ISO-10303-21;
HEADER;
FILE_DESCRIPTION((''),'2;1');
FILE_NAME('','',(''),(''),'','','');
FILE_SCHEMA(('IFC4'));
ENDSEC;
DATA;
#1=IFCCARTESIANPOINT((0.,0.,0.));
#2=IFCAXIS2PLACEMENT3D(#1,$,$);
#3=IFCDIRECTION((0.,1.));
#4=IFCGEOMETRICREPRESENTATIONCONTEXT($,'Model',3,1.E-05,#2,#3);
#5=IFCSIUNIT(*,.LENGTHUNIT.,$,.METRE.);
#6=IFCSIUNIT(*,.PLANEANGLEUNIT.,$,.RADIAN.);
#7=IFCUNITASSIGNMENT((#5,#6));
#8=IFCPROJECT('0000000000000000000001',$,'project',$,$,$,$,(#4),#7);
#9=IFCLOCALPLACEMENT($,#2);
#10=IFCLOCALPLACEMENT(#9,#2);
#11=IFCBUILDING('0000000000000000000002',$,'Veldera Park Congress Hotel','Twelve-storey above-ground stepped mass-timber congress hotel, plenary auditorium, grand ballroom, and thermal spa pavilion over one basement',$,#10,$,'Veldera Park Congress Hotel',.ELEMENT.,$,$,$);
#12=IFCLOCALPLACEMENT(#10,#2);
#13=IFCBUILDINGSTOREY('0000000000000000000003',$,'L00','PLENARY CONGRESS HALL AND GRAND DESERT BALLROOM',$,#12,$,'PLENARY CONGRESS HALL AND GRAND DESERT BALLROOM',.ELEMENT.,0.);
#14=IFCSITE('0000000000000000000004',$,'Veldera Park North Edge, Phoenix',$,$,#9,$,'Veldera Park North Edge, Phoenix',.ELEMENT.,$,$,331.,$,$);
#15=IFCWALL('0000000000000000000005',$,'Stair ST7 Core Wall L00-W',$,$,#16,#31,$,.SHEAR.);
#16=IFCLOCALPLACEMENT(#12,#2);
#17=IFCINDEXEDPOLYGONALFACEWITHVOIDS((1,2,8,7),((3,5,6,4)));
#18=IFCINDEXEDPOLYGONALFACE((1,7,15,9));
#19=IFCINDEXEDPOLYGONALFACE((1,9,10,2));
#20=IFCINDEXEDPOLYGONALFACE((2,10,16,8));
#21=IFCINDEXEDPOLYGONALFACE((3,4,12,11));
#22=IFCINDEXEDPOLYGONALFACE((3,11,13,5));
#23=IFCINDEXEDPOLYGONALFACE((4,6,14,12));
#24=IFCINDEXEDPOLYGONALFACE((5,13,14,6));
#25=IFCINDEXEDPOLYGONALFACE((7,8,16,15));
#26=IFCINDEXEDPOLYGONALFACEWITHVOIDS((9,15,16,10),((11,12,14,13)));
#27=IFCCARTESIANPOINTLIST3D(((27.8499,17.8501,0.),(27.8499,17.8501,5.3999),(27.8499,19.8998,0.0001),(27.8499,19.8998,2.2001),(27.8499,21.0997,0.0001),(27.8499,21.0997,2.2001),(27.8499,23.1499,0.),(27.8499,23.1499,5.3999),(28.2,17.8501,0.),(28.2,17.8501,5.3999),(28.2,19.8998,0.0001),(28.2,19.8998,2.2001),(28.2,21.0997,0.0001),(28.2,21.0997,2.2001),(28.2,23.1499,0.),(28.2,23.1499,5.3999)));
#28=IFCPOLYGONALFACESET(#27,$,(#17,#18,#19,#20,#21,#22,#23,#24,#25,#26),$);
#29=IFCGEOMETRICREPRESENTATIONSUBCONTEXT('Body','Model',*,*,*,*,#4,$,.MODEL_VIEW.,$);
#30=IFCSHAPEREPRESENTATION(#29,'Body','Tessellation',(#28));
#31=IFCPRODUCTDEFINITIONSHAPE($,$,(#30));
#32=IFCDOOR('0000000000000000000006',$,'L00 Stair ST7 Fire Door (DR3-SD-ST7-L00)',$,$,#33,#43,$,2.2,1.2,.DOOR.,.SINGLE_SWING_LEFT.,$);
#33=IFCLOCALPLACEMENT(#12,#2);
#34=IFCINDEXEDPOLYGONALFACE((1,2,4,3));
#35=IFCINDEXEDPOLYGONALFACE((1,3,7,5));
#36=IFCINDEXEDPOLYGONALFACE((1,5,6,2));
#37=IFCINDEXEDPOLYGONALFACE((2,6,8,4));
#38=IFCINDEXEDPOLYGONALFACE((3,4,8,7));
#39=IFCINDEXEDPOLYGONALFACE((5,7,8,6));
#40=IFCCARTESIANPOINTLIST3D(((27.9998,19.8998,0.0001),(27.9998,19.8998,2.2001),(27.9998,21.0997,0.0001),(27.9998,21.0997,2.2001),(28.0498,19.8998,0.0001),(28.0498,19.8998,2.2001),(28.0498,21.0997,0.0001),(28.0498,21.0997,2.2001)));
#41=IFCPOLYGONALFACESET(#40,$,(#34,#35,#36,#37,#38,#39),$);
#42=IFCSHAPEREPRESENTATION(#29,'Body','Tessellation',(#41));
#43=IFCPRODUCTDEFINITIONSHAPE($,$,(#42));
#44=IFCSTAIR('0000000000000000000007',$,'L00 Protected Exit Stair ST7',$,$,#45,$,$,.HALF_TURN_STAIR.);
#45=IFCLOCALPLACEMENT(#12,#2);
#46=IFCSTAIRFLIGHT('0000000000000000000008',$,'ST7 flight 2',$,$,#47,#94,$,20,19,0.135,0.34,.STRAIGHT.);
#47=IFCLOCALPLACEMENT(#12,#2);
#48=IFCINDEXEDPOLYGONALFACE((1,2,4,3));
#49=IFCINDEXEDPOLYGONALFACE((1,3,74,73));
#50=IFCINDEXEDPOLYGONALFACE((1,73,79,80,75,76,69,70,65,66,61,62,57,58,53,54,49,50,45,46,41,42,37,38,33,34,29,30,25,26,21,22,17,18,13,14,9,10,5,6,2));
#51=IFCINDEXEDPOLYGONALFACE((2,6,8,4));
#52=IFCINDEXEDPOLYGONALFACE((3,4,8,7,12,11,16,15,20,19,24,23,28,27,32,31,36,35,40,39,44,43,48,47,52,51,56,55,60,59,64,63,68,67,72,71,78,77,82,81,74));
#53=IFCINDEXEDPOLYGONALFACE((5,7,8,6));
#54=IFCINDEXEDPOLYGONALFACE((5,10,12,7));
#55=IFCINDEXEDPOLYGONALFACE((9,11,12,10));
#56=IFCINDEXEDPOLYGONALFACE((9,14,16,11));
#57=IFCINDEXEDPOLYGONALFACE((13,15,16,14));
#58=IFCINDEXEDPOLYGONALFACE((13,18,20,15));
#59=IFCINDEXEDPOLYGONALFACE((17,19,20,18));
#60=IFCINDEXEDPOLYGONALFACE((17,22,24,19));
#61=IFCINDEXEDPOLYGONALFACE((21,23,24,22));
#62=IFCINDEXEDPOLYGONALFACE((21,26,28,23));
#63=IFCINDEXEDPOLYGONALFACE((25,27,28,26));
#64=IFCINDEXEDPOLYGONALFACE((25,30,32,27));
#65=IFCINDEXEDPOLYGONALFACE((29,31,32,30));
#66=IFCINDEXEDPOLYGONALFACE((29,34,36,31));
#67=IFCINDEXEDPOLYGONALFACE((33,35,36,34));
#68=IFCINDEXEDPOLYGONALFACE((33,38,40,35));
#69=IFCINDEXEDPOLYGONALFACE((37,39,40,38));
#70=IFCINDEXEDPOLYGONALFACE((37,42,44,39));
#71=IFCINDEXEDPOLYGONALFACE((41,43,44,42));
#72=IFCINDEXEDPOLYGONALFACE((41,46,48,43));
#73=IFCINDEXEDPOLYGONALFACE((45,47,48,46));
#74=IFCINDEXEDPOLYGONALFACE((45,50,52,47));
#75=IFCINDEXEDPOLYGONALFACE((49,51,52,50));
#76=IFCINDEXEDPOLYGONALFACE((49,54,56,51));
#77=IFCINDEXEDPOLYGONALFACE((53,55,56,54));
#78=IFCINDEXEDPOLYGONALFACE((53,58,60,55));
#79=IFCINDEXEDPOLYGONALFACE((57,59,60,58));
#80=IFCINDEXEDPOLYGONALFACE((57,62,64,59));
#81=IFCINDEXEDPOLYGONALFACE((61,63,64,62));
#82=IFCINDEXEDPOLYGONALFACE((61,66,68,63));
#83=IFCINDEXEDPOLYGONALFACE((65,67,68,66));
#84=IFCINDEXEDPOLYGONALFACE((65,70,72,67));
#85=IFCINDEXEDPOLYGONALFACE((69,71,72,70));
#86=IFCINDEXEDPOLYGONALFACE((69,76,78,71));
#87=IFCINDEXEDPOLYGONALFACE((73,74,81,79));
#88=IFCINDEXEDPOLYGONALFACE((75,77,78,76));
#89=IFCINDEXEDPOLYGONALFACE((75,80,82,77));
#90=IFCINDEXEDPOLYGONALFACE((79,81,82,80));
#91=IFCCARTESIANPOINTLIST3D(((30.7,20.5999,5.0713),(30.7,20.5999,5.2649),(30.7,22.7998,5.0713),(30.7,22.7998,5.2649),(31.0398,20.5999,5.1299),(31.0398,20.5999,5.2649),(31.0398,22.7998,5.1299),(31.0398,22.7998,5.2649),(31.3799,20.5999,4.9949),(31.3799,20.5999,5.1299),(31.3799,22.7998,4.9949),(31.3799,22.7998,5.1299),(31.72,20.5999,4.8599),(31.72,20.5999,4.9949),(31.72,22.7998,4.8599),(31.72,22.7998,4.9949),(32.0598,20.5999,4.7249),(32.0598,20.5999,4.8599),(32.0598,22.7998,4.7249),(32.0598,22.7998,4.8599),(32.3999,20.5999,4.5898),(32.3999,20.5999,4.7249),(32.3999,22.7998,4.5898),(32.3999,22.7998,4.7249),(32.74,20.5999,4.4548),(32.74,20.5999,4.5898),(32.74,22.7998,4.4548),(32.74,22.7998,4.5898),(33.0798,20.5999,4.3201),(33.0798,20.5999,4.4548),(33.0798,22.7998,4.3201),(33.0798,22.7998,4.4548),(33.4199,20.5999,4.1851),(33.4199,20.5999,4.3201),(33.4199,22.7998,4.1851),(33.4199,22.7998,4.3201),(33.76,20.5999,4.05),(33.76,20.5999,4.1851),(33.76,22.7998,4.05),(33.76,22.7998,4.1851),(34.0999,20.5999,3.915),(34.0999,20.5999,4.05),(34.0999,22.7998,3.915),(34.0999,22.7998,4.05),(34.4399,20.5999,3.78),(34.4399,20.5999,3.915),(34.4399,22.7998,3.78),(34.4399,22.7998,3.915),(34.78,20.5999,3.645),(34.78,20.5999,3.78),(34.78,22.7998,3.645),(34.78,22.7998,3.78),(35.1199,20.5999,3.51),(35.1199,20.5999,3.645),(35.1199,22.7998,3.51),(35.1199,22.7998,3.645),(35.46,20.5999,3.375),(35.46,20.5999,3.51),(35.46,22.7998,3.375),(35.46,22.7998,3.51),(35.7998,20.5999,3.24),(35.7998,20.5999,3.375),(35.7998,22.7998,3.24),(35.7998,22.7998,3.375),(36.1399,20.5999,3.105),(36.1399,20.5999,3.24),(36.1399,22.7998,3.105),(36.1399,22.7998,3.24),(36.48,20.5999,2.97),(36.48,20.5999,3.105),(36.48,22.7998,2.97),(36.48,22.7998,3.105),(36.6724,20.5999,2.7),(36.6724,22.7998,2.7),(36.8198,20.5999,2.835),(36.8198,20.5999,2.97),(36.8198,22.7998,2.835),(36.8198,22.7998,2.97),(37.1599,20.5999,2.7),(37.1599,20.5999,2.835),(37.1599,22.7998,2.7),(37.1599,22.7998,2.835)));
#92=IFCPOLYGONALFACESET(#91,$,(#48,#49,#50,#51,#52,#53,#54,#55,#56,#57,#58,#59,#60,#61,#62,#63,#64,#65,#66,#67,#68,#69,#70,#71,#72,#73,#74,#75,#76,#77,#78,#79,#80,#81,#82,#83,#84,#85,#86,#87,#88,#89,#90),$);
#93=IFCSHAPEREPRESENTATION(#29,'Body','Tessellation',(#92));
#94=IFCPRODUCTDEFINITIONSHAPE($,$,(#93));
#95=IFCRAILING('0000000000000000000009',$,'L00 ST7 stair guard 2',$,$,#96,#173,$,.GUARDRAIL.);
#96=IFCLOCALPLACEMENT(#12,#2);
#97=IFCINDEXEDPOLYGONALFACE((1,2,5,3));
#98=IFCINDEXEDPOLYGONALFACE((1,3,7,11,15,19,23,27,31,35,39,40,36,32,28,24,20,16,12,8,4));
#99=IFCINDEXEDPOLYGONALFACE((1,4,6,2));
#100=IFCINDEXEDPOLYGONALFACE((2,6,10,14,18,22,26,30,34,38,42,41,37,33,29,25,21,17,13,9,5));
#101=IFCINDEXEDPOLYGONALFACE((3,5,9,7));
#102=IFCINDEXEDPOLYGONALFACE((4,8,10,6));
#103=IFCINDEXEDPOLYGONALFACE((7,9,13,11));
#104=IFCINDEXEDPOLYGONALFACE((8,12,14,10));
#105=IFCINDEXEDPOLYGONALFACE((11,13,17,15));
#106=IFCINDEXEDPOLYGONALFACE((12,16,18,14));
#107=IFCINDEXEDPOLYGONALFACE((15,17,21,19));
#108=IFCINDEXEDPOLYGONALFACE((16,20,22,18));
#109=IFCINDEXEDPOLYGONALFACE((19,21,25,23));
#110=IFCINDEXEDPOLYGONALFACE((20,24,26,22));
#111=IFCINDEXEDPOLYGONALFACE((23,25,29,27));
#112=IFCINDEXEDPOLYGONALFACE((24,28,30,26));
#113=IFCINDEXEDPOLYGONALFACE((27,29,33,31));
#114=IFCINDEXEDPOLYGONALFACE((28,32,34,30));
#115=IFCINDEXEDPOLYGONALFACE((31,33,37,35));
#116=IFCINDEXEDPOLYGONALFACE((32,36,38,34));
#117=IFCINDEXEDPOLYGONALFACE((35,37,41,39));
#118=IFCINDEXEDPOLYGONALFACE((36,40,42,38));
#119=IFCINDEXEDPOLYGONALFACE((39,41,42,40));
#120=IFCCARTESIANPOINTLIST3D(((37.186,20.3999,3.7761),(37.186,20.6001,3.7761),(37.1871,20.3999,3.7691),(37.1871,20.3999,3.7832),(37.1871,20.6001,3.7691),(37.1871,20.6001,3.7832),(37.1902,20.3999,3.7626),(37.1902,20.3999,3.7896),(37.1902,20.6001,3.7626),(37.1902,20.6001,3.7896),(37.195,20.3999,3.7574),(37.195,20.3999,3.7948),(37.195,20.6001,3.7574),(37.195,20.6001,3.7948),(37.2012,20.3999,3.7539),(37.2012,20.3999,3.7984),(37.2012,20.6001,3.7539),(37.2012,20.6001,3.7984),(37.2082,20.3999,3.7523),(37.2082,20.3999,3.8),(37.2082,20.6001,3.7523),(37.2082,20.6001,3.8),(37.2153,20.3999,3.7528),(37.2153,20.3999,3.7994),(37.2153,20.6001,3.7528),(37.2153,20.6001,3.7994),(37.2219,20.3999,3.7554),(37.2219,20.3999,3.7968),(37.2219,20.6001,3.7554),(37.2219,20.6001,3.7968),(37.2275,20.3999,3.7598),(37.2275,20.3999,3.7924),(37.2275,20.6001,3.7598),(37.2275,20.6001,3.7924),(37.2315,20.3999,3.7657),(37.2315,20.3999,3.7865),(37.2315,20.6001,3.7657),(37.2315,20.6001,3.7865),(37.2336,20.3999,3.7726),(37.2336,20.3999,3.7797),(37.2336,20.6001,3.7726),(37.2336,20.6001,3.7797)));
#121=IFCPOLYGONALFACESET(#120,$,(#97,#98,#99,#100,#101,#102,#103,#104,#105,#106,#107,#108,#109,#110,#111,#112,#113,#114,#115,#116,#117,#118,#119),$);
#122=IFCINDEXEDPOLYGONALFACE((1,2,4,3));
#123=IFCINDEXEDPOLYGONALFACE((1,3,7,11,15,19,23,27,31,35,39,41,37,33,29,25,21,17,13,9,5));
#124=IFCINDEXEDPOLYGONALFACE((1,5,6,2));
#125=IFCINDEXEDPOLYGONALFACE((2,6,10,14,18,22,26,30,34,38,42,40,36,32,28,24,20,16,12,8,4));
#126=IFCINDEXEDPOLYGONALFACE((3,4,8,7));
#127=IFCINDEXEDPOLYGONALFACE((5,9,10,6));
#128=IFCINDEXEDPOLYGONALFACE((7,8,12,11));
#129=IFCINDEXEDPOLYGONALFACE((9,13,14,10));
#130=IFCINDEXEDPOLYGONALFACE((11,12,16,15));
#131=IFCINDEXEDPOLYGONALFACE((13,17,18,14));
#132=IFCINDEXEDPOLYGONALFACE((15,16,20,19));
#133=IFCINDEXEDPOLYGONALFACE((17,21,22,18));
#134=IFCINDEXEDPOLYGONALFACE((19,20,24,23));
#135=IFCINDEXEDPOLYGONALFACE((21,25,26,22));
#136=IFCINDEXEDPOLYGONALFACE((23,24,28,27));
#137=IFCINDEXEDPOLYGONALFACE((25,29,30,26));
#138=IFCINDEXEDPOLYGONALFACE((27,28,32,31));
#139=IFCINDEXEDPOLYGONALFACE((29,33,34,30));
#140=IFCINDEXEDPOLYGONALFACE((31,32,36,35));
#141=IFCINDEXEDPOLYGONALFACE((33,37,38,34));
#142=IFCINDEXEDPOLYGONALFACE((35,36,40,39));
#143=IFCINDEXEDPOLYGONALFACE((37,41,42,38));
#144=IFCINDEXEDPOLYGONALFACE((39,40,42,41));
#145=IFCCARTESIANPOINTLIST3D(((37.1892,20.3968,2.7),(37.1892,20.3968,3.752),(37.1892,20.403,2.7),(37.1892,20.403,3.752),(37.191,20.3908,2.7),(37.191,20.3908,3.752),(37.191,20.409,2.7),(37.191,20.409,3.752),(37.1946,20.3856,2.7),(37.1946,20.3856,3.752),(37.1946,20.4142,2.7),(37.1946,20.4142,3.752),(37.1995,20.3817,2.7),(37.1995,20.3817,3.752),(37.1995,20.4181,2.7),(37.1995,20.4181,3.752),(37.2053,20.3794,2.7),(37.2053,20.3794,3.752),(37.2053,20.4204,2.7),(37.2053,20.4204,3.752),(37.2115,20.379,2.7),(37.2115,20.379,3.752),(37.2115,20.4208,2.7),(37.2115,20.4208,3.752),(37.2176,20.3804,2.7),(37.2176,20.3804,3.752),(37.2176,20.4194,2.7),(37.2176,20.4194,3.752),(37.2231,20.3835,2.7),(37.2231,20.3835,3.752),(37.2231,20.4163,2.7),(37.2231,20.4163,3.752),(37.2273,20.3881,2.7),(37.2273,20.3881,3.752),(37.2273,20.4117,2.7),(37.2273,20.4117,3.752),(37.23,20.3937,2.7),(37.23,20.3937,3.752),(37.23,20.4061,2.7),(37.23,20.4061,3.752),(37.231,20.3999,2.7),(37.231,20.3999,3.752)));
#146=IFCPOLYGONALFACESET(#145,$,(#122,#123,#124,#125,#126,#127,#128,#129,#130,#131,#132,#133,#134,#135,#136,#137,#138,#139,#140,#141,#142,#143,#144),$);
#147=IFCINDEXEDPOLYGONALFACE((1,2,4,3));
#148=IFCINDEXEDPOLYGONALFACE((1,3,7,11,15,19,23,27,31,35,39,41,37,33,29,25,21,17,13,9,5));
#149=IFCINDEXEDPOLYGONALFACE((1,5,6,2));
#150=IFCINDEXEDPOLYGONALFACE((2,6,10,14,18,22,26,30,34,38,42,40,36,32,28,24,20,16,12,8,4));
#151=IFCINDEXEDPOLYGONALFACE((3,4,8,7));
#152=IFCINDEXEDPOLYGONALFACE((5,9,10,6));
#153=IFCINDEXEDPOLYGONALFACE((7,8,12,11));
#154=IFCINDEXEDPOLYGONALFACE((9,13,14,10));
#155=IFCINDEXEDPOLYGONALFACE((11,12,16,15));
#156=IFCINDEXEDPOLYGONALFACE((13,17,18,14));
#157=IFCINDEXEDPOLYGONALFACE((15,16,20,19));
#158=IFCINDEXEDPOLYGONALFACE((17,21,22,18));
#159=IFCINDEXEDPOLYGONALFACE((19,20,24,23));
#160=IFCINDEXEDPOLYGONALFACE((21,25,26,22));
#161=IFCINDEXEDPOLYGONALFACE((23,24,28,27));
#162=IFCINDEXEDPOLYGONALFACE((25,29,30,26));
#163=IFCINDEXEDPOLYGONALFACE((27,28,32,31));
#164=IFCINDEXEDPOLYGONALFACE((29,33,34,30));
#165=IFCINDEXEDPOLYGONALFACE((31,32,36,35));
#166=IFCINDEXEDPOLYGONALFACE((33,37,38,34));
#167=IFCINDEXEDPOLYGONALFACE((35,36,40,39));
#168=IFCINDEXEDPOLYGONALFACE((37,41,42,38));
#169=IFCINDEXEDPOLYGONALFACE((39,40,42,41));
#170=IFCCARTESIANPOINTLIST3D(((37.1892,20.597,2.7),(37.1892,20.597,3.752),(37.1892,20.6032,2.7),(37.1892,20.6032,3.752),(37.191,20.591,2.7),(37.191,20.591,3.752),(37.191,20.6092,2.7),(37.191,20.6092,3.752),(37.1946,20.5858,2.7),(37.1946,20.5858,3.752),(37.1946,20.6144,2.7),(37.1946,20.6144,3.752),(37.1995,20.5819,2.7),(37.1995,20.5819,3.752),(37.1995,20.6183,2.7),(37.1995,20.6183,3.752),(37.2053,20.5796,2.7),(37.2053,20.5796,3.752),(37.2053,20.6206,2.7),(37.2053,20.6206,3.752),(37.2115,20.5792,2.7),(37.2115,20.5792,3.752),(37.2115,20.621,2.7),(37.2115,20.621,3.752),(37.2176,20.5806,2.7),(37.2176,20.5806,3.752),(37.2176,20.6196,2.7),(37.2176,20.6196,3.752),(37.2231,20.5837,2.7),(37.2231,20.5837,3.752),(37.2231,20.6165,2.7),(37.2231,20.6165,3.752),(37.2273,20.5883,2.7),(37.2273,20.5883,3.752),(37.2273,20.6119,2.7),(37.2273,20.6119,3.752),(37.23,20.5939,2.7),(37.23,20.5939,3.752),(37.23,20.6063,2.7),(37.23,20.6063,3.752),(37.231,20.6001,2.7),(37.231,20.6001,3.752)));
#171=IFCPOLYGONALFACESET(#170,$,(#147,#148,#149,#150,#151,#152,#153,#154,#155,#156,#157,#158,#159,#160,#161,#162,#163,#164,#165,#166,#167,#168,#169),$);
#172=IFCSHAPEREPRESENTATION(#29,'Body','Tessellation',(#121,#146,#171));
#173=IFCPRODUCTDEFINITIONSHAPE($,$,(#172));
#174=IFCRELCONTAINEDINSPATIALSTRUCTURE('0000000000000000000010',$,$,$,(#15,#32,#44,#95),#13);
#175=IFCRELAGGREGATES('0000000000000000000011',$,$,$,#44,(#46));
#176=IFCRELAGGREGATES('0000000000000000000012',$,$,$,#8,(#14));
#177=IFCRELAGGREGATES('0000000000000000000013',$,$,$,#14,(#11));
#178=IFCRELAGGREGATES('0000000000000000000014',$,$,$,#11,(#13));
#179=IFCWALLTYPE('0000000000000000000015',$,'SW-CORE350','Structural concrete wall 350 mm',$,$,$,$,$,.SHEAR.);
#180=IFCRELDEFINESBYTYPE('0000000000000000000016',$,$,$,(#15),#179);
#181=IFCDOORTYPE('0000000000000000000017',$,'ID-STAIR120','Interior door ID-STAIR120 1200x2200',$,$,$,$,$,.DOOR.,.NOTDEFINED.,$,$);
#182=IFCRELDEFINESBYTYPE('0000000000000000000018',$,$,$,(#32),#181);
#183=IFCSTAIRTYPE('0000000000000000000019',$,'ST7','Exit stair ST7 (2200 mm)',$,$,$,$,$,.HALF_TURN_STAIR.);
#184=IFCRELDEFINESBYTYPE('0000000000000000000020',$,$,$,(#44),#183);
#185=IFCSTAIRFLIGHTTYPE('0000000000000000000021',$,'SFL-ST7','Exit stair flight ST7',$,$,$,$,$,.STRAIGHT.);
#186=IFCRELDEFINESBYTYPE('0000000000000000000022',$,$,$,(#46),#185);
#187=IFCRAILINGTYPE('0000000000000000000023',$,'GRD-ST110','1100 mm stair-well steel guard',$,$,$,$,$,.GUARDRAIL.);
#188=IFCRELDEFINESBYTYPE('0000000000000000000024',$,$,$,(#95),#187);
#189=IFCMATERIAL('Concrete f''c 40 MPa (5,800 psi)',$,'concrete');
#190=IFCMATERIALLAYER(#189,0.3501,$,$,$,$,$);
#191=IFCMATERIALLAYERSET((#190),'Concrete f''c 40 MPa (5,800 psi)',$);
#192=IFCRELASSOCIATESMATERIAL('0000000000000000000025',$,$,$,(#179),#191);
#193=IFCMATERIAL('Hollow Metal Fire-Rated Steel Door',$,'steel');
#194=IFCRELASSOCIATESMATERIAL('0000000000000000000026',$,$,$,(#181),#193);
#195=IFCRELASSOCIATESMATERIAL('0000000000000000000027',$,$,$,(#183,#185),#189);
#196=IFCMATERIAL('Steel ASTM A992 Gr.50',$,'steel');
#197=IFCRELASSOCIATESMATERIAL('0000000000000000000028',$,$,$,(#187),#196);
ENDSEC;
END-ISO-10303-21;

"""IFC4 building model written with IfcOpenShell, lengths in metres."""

from ifc_helpers import new_model, si_unit, direction, frame, frame_2d, origin, origin_2d, place, context, subcontext, project, spatial, polyline, rectangle, circle, outline, extrude, material, layer, layer_set, type_object, element, fill, aggregate, save


model = new_model("IFC4")

# Units and contexts
model_context = context("Model", 3, precision=1e-05, world=origin(), true_north=direction((0.0, 1.0)))
body_context = subcontext(model_context, "Body", "Model", "MODEL_VIEW")
ifc_project = project(units=[si_unit("LENGTHUNIT", "METRE"), si_unit("PLANEANGLEUNIT", "RADIAN")], contexts=[model_context])

# Site, building, storey
site_placement = place(None, origin())
site = spatial("IfcSite", under=ifc_project, at=site_placement, Name="Veldera Park North Edge, Phoenix", LongName="Veldera Park North Edge, Phoenix", CompositionType="ELEMENT", RefElevation=331.0)
building_placement = place(site_placement, origin())
building = spatial("IfcBuilding", under=site, at=building_placement, Name="Veldera Park Congress Hotel", Description="Twelve-storey above-ground stepped mass-timber congress hotel, plenary auditorium, grand ballroom, and thermal spa pavilion over one basement", LongName="Veldera Park Congress Hotel", CompositionType="ELEMENT")
storey_placement = place(building_placement, origin())
storey = spatial("IfcBuildingStorey", under=building, at=storey_placement, Name="L00", Description="PLENARY CONGRESS HALL AND GRAND DESERT BALLROOM", LongName="PLENARY CONGRESS HALL AND GRAND DESERT BALLROOM", CompositionType="ELEMENT", Elevation=0.0)

# Shared definitions
ifc_material_1 = material(Name="Steel ASTM A992 Gr.50", Category="steel")

# Shared definitions
ifc_material_2 = material(Name="Concrete f'c 40 MPa (5,800 psi)", Category="concrete")

# Shared definitions
ifc_layer_1 = layer(ifc_material_2, 0.3501)
ifc_layer_set_1 = layer_set([ifc_layer_1], Name="Concrete f'c 40 MPa (5,800 psi)")
wall_type_1 = type_object("IfcWallType", Name="SW-CORE350", Description="Structural concrete wall 350 mm", PredefinedType="SHEAR", material=ifc_layer_set_1)

# Wall, opening, door
wall_1_placement = place(storey_placement, frame((28.0249, 23.1499, 0.0), z_axis=(0.0, 0.0, 1.0), x_axis=(0.0, -1.0, 0.0)))
wall_1 = element("IfcWall", 1, at=wall_1_placement, inside=storey, type_object=wall_type_1, Name="Stair ST7 Core Wall L00-W", PredefinedType="SHEAR", context=body_context, shape_type="SweptSolid", body=[
    extrude(rectangle(XDim=5.2998, YDim=0.3501, at=frame_2d((2.6499, 0.0))), origin(), (0.0, 0.0, 1.0), 5.3999),
])
opening_1_placement = place(wall_1_placement, frame((2.05, 0.0, 0.0)))
opening_1 = element("IfcOpeningElement", 2, at=opening_1_placement, cuts=wall_1, PredefinedType="OPENING", context=body_context, shape_type="SweptSolid", body=[
    extrude(rectangle(XDim=1.2, YDim=2.2, at=frame_2d((0.6001, 1.1001))), frame((0.0, 0.187, 0.0), z_axis=(0.0, -1.0, 0.0), x_axis=(1.0, 0.0, 0.0)), (0.0, 0.0, 1.0), 0.374),
])
ifc_material_3 = material(Name="Hollow Metal Fire-Rated Steel Door", Category="steel")
door_type_1 = type_object("IfcDoorType", Name="ID-STAIR120", Description="Interior door ID-STAIR120 1200x2200", OperationType="NOTDEFINED", PredefinedType="DOOR", material=ifc_material_3)
door_1_placement = place(opening_1_placement, origin())
door_1 = element("IfcDoor", 3, at=door_1_placement, inside=storey, type_object=door_type_1, Name="L00 Stair ST7 Fire Door (DR3-SD-ST7-L00)", OperationType="SINGLE_SWING_LEFT", OverallHeight=2.2, OverallWidth=1.2, PredefinedType="DOOR", context=body_context, shape_type="SweptSolid", body=[
    extrude(rectangle(XDim=1.2, YDim=2.2, at=frame_2d((0.6001, 1.1001))), frame((0.0, 0.0249, 0.0), z_axis=(0.0, -1.0, 0.0), x_axis=(1.0, 0.0, 0.0)), (0.0, 0.0, 1.0), 0.05),
])
fill(opening_1, door_1)

# Stair, stair flight
stair_type = type_object("IfcStairType", Name="ST7", Description="Exit stair ST7 (2200 mm)", PredefinedType="HALF_TURN_STAIR", material=ifc_material_2)
stair_placement = place(storey_placement, origin())
stair = element("IfcStair", 4, at=stair_placement, inside=storey, type_object=stair_type, Name="L00 Protected Exit Stair ST7", PredefinedType="HALF_TURN_STAIR")
stair_flight_type = type_object("IfcStairFlightType", Name="SFL-ST7", Description="Exit stair flight ST7", PredefinedType="STRAIGHT", material=ifc_material_2)
stair_flight_placement = place(storey_placement, frame((37.1599, 21.7, 2.7), z_axis=(0.0, 0.0, 1.0), x_axis=(-1.0, 0.0, 0.0)))
stair_flight = element("IfcStairFlight", 5, at=stair_flight_placement, type_object=stair_flight_type, Name="ST7 flight 2", NumberOfRisers=20, NumberOfTreads=19, PredefinedType="STRAIGHT", RiserHeight=0.135, TreadLength=0.34, context=body_context, shape_type="SweptSolid", body=[
    extrude(outline(polyline([(0.0, 0.0), (0.0, 0.135), (0.3401, 0.135), (0.3401, 0.27), (0.6799, 0.27), (0.6799, 0.405), (1.02, 0.405), (1.02, 0.54), (1.3601, 0.54), (1.3601, 0.675), (1.7, 0.675), (1.7, 0.8101), (2.04, 0.8101), (2.04, 0.9451), (2.3799, 0.9451), (2.3799, 1.0801), (2.72, 1.0801), (2.72, 1.2151), (3.0601, 1.2151), (3.0601, 1.3501), (3.3999, 1.3501), (3.3999, 1.4851), (3.74, 1.4851), (3.74, 1.6201), (4.0801, 1.6201), (4.0801, 1.7549), (4.4199, 1.7549), (4.4199, 1.8899), (4.76, 1.8899), (4.76, 2.0249), (5.1001, 2.0249), (5.1001, 2.1599), (5.4399, 2.1599), (5.4399, 2.2949), (5.78, 2.2949), (5.78, 2.4299), (6.1201, 2.4299), (6.1201, 2.5649), (6.46, 2.5649), (6.46, 2.7), (6.46, 2.7), (6.46, 2.3713), (0.4875, 0.0), (0.0, 0.0)])), frame((0.0, 1.1001, 0.0), z_axis=(0.0, -1.0, 0.0), x_axis=(1.0, 0.0, 0.0)), (0.0, 0.0, 1.0), 2.2),
])
aggregate(stair, [stair_flight])

# Railing
railing_type_1 = type_object("IfcRailingType", Name="GRD-ST110", Description="1100 mm stair-well steel guard", PredefinedType="GUARDRAIL", material=ifc_material_1)
railing_1_placement = place(storey_placement, frame((37.21, 20.3999, 2.7)))
element("IfcRailing", 6, at=railing_1_placement, inside=storey, type_object=railing_type_1, Name="L00 ST7 stair guard 2", PredefinedType="GUARDRAIL", context=body_context, shape_type="SweptSolid", body=[
    extrude(circle(Radius=0.0239, at=origin_2d()), frame((0.0, 0.0, 1.0762), z_axis=(0.0, 1.0, 0.0), x_axis=(-1.0, 0.0, 0.0)), (0.0, 0.0, 1.0), 0.2002),
    extrude(circle(Radius=0.021, at=origin_2d()), origin(), (0.0, 0.0, 1.0), 1.052),
    extrude(circle(Radius=0.021, at=origin_2d()), frame((0.0, 0.2002, 0.0)), (0.0, 0.0, 1.0), 1.052),
])

save(model, "model.ifc")
